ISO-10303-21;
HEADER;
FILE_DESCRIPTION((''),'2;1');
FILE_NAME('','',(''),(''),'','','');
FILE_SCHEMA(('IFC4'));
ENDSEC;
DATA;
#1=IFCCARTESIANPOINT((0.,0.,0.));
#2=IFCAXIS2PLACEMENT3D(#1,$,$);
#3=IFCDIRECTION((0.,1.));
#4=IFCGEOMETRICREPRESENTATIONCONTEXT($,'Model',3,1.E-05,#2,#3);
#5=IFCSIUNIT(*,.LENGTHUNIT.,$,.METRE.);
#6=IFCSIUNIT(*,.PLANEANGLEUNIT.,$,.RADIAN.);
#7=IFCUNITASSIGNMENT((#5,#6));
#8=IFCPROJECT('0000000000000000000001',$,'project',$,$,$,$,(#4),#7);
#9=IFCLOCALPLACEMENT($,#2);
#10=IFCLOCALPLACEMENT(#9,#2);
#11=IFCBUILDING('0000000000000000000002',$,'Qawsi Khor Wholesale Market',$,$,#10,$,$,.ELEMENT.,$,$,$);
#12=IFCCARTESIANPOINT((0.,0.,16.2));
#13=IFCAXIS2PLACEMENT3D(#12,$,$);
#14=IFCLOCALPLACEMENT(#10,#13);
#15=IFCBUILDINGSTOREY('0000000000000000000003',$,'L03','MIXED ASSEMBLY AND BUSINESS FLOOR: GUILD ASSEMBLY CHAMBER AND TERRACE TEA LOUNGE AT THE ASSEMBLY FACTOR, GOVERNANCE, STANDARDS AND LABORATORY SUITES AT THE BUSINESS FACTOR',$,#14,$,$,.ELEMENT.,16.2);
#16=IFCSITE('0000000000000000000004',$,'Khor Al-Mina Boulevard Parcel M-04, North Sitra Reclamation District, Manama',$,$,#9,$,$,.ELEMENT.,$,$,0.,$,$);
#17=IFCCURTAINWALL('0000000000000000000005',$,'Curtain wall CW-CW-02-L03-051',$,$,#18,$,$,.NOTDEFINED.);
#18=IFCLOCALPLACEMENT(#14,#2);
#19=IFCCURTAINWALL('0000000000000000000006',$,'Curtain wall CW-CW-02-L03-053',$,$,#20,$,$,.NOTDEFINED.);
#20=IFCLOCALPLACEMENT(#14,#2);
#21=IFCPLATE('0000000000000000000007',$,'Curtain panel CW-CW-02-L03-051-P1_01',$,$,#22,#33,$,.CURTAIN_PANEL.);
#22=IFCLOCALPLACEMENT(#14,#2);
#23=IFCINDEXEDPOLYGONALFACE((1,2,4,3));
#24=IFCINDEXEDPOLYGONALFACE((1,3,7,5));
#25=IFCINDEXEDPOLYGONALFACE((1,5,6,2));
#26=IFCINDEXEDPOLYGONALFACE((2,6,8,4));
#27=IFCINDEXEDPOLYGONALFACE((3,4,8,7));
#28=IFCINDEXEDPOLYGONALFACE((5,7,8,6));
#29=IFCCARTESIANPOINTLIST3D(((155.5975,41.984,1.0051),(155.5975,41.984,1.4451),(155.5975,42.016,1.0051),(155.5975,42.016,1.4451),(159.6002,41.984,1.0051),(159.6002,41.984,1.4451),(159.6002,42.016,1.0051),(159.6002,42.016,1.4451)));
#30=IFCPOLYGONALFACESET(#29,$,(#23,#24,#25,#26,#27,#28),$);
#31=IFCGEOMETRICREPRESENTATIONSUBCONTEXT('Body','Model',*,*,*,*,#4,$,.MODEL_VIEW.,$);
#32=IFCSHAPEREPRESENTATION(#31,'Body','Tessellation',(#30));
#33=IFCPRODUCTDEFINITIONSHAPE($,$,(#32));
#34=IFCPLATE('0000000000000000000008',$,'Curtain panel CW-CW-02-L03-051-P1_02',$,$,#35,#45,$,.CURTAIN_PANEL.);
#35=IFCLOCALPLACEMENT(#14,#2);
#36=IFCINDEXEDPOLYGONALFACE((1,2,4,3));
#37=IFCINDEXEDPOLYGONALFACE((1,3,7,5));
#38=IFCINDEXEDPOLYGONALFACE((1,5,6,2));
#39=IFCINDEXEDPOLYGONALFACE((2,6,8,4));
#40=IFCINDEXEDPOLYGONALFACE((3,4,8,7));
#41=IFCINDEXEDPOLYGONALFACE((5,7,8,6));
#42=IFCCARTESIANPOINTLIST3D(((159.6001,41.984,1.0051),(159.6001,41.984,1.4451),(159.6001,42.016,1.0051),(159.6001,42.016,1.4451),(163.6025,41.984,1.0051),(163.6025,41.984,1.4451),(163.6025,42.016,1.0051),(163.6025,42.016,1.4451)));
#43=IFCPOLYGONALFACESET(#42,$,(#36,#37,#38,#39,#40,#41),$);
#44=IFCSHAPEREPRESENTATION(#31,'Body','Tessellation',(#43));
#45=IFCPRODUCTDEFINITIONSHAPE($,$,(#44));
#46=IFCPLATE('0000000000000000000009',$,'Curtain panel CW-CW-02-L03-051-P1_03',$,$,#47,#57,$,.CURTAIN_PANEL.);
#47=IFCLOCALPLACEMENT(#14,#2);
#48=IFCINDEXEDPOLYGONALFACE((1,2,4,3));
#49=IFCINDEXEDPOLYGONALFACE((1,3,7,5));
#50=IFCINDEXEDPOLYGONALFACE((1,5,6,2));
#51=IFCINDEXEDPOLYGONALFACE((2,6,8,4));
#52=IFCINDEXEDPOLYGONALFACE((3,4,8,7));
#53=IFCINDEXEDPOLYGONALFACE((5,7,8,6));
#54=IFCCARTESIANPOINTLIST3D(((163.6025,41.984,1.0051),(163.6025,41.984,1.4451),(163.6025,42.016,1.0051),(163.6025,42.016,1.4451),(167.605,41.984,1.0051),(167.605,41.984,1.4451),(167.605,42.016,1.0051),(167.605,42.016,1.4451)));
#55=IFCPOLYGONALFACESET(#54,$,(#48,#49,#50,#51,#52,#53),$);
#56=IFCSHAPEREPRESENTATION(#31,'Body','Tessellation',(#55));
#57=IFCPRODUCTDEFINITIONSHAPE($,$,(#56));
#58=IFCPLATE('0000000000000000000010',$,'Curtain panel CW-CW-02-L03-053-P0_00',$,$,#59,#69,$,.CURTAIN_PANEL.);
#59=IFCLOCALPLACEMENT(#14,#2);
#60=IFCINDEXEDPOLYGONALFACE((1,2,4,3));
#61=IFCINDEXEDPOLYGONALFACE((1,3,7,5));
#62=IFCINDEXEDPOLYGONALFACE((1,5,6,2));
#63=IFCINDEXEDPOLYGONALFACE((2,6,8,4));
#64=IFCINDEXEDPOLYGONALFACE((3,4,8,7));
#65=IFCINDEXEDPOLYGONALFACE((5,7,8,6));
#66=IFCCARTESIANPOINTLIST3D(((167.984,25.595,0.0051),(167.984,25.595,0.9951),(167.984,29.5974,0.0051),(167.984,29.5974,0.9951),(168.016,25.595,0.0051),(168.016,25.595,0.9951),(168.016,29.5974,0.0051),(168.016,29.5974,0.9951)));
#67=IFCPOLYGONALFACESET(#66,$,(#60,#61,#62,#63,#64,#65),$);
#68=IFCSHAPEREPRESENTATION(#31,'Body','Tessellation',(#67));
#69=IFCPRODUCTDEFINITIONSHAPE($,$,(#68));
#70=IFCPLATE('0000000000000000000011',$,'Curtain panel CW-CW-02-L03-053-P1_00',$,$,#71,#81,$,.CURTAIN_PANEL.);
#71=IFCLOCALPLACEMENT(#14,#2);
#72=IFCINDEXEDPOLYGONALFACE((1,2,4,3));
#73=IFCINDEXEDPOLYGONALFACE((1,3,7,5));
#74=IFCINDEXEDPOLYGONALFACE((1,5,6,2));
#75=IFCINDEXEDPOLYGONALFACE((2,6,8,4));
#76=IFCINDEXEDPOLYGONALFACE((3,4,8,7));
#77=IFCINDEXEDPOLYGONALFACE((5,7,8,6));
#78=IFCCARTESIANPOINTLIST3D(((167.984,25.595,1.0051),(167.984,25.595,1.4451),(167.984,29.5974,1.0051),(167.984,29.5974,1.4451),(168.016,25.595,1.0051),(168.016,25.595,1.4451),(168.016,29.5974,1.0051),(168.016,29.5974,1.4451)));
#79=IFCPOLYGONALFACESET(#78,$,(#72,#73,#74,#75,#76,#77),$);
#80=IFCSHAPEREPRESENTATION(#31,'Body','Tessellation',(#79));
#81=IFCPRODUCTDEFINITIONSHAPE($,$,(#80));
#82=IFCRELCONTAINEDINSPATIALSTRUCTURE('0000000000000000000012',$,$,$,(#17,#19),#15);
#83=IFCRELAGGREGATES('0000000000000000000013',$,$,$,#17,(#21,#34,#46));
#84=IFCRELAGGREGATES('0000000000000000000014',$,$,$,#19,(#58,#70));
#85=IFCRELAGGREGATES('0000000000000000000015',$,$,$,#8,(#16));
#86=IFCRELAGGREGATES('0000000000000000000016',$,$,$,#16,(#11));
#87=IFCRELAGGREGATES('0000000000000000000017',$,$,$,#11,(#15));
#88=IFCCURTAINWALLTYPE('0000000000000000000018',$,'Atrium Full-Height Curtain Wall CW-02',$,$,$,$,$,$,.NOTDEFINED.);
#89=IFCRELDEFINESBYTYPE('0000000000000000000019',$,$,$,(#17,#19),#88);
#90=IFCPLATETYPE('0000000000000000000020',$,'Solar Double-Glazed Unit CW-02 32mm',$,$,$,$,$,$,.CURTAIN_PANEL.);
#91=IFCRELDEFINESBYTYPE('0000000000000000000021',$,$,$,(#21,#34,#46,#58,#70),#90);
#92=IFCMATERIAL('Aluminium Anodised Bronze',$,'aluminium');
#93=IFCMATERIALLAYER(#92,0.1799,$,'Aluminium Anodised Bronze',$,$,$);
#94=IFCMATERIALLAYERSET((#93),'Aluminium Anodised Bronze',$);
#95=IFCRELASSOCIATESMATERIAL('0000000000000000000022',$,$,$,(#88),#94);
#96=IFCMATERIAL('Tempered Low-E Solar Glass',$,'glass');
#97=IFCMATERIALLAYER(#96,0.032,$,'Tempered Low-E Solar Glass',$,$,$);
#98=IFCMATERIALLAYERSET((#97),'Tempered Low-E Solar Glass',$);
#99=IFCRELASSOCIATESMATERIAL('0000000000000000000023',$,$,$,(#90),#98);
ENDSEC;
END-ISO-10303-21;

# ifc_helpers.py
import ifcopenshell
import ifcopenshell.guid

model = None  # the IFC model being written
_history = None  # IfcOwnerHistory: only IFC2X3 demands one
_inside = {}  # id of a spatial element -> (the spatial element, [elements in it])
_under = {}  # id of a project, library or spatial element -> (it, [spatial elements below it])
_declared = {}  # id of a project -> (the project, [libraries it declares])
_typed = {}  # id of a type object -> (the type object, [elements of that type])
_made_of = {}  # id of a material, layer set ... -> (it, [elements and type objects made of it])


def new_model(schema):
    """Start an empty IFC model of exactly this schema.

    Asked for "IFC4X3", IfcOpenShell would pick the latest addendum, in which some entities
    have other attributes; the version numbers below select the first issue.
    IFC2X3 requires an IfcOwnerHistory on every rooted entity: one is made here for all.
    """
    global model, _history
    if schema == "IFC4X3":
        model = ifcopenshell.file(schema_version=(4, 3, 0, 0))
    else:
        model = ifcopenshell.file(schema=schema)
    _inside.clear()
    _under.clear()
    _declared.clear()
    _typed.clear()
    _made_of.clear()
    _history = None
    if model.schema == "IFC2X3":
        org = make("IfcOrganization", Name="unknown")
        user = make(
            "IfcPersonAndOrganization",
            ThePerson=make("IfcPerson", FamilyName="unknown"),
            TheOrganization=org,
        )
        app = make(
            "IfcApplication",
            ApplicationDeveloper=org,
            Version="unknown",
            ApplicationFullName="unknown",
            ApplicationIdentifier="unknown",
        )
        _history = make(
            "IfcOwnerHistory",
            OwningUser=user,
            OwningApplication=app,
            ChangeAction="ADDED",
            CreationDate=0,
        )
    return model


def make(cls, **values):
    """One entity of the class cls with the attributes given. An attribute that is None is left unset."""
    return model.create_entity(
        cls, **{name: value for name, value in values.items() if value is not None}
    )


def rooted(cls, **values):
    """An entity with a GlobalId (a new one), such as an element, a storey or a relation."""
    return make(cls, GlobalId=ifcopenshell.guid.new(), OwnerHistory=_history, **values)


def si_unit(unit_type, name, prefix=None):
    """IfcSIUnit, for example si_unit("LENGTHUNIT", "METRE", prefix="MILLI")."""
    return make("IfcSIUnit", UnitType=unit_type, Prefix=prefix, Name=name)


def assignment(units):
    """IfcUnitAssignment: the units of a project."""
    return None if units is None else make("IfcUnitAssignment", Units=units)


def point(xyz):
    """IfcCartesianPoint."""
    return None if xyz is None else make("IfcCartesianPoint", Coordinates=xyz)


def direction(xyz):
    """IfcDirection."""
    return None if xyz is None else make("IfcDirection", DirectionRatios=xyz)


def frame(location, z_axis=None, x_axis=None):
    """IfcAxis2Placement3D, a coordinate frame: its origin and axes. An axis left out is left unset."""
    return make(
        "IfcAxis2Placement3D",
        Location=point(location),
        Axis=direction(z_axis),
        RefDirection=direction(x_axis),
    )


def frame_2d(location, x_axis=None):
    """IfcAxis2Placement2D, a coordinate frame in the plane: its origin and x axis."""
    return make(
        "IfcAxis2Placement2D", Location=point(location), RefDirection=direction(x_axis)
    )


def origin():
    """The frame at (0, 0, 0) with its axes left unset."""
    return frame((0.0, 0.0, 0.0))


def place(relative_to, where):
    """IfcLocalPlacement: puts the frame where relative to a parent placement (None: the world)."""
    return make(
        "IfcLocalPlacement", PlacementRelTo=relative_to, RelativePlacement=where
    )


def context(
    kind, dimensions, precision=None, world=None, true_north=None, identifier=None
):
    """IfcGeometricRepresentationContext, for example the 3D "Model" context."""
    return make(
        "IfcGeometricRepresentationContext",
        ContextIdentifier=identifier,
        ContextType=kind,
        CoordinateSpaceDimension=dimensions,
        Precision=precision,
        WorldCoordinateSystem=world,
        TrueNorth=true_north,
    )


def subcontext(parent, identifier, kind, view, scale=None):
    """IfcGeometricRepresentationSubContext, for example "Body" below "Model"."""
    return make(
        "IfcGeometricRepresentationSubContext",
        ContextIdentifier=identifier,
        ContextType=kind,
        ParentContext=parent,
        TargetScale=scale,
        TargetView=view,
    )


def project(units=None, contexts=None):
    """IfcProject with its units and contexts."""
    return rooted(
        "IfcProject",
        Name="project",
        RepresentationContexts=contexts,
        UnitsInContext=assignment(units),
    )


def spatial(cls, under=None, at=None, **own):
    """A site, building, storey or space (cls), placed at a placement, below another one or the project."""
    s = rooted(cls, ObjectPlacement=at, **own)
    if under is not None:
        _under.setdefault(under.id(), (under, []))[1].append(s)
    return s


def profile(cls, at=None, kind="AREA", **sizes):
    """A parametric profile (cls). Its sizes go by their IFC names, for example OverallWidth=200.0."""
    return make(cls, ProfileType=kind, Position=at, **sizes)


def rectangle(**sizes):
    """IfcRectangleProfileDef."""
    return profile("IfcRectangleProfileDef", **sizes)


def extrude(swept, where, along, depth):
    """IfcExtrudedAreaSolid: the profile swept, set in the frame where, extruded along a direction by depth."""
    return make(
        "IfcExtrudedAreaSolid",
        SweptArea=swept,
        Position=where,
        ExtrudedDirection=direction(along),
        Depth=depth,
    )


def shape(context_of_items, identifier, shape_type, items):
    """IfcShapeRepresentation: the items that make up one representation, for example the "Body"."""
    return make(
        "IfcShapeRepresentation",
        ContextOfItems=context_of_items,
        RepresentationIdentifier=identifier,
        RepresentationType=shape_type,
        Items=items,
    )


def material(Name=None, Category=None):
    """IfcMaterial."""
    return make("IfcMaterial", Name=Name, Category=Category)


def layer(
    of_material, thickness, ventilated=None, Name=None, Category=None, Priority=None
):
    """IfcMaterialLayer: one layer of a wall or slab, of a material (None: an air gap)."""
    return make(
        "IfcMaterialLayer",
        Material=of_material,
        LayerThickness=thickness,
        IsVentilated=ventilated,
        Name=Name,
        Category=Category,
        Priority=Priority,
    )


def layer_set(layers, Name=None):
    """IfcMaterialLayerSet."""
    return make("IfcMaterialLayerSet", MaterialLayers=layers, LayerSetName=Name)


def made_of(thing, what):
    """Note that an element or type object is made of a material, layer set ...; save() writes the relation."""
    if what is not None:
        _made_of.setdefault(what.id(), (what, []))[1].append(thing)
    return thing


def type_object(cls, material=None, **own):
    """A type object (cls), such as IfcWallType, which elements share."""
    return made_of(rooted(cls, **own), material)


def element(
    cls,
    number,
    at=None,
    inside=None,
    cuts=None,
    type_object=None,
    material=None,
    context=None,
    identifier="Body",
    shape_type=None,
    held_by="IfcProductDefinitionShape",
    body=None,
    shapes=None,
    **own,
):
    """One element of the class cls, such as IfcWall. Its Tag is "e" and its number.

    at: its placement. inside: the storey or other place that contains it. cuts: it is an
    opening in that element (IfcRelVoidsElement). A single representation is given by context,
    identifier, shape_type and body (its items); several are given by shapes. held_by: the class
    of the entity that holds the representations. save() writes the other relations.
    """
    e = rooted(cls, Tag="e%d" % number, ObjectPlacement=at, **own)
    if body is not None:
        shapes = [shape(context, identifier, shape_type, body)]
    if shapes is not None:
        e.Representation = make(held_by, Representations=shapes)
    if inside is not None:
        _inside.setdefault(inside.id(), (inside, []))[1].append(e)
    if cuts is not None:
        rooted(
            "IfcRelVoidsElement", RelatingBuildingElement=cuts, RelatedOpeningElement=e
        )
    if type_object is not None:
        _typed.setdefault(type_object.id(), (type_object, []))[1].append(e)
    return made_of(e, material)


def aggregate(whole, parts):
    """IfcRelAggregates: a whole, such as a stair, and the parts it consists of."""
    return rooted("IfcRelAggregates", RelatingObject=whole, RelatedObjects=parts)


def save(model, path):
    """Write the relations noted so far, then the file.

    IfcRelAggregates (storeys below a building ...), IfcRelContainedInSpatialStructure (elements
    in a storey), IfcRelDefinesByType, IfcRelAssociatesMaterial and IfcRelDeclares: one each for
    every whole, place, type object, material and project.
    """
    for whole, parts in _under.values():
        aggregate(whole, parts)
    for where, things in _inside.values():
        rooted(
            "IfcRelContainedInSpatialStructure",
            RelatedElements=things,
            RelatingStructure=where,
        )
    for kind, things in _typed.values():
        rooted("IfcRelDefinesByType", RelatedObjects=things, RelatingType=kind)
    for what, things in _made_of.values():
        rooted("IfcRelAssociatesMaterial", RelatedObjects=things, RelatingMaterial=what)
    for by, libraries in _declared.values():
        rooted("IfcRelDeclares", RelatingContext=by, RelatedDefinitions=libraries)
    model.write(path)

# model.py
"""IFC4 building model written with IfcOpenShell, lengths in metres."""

from ifc_helpers import new_model, si_unit, direction, frame, frame_2d, origin, place, context, subcontext, project, spatial, rectangle, extrude, material, layer, layer_set, type_object, element, aggregate, save


model = new_model("IFC4")

# Units and contexts
model_context = context("Model", 3, precision=1e-05, world=origin(), true_north=direction((0.0, 1.0)))
body_context = subcontext(model_context, "Body", "Model", "MODEL_VIEW")
ifc_project = project(units=[si_unit("LENGTHUNIT", "METRE"), si_unit("PLANEANGLEUNIT", "RADIAN")], contexts=[model_context])

# Site, building, storey
site_placement = place(None, origin())
site = spatial("IfcSite", under=ifc_project, at=site_placement, Name="Khor Al-Mina Boulevard Parcel M-04, North Sitra Reclamation District, Manama", CompositionType="ELEMENT", RefElevation=0.0)
building_placement = place(site_placement, origin())
building = spatial("IfcBuilding", under=site, at=building_placement, Name="Qawsi Khor Wholesale Market", CompositionType="ELEMENT")
storey_placement = place(building_placement, frame((0.0, 0.0, 16.2)))
storey = spatial("IfcBuildingStorey", under=building, at=storey_placement, Name="L03", Description="MIXED ASSEMBLY AND BUSINESS FLOOR: GUILD ASSEMBLY CHAMBER AND TERRACE TEA LOUNGE AT THE ASSEMBLY FACTOR, GOVERNANCE, STANDARDS AND LABORATORY SUITES AT THE BUSINESS FACTOR", CompositionType="ELEMENT", Elevation=16.2)

# Curtain wall
ifc_material_1 = material(Name="Aluminium Anodised Bronze", Category="aluminium")
ifc_layer_1 = layer(ifc_material_1, 0.1799, Name="Aluminium Anodised Bronze")
ifc_layer_set_1 = layer_set([ifc_layer_1], Name="Aluminium Anodised Bronze")
curtain_wall_type = type_object("IfcCurtainWallType", Name="Atrium Full-Height Curtain Wall CW-02", PredefinedType="NOTDEFINED", material=ifc_layer_set_1)
curtain_wall_1_placement = place(storey_placement, origin())
curtain_wall_1 = element("IfcCurtainWall", 1, at=curtain_wall_1_placement, inside=storey, type_object=curtain_wall_type, Name="Curtain wall CW-CW-02-L03-051", PredefinedType="NOTDEFINED")

# Curtain wall
curtain_wall_2_placement = place(storey_placement, origin())
curtain_wall_2 = element("IfcCurtainWall", 2, at=curtain_wall_2_placement, inside=storey, type_object=curtain_wall_type, Name="Curtain wall CW-CW-02-L03-053", PredefinedType="NOTDEFINED")

# Plates
ifc_material_2 = material(Name="Tempered Low-E Solar Glass", Category="glass")
ifc_layer_2 = layer(ifc_material_2, 0.032, Name="Tempered Low-E Solar Glass")
ifc_layer_set_2 = layer_set([ifc_layer_2], Name="Tempered Low-E Solar Glass")
plate_type = type_object("IfcPlateType", Name="Solar Double-Glazed Unit CW-02 32mm", PredefinedType="CURTAIN_PANEL", material=ifc_layer_set_2)
plate_1_placement = place(storey_placement, frame((155.5974, 42.0, 1.0051), z_axis=(0.0, 0.0, 1.0), x_axis=(1.0, 0.0, 0.0)))
plate_1 = element("IfcPlate", 3, at=plate_1_placement, type_object=plate_type, Name="Curtain panel CW-CW-02-L03-051-P1_01", PredefinedType="CURTAIN_PANEL", context=body_context, shape_type="SweptSolid", body=[
    extrude(rectangle(XDim=4.0027, YDim=0.032, at=frame_2d((2.0015, 0.0))), origin(), (0.0, 0.0, 1.0), 0.4399),
])
plate_2_placement = place(storey_placement, frame((159.6001, 42.0, 1.0051), z_axis=(0.0, 0.0, 1.0), x_axis=(1.0, 0.0, 0.0)))
plate_2 = element("IfcPlate", 4, at=plate_2_placement, type_object=plate_type, Name="Curtain panel CW-CW-02-L03-051-P1_02", PredefinedType="CURTAIN_PANEL", context=body_context, shape_type="SweptSolid", body=[
    extrude(rectangle(XDim=4.0024, YDim=0.032, at=frame_2d((2.0012, 0.0))), origin(), (0.0, 0.0, 1.0), 0.4399),
])
plate_3_placement = place(storey_placement, frame((163.6025, 42.0, 1.0051), z_axis=(0.0, 0.0, 1.0), x_axis=(1.0, 0.0, 0.0)))
plate_3 = element("IfcPlate", 5, at=plate_3_placement, type_object=plate_type, Name="Curtain panel CW-CW-02-L03-051-P1_03", PredefinedType="CURTAIN_PANEL", context=body_context, shape_type="SweptSolid", body=[
    extrude(rectangle(XDim=4.0024, YDim=0.032, at=frame_2d((2.0012, 0.0))), origin(), (0.0, 0.0, 1.0), 0.4399),
])
aggregate(curtain_wall_1, [plate_1, plate_2, plate_3])
plate_4_placement = place(storey_placement, frame((168.0, 25.595, 0.0051), z_axis=(0.0, 0.0, 1.0), x_axis=(0.0, 1.0, 0.0)))
plate_4 = element("IfcPlate", 6, at=plate_4_placement, type_object=plate_type, Name="Curtain panel CW-CW-02-L03-053-P0_00", PredefinedType="CURTAIN_PANEL", context=body_context, shape_type="SweptSolid", body=[
    extrude(rectangle(XDim=4.0024, YDim=0.032, at=frame_2d((2.0012, 0.0))), origin(), (0.0, 0.0, 1.0), 0.99),
])
plate_5_placement = place(storey_placement, frame((168.0, 25.595, 1.0051), z_axis=(0.0, 0.0, 1.0), x_axis=(0.0, 1.0, 0.0)))
plate_5 = element("IfcPlate", 7, at=plate_5_placement, type_object=plate_type, Name="Curtain panel CW-CW-02-L03-053-P1_00", PredefinedType="CURTAIN_PANEL", context=body_context, shape_type="SweptSolid", body=[
    extrude(rectangle(XDim=4.0024, YDim=0.032, at=frame_2d((2.0012, 0.0))), origin(), (0.0, 0.0, 1.0), 0.4399),
])
aggregate(curtain_wall_2, [plate_4, plate_5])

save(model, "model.ifc")
